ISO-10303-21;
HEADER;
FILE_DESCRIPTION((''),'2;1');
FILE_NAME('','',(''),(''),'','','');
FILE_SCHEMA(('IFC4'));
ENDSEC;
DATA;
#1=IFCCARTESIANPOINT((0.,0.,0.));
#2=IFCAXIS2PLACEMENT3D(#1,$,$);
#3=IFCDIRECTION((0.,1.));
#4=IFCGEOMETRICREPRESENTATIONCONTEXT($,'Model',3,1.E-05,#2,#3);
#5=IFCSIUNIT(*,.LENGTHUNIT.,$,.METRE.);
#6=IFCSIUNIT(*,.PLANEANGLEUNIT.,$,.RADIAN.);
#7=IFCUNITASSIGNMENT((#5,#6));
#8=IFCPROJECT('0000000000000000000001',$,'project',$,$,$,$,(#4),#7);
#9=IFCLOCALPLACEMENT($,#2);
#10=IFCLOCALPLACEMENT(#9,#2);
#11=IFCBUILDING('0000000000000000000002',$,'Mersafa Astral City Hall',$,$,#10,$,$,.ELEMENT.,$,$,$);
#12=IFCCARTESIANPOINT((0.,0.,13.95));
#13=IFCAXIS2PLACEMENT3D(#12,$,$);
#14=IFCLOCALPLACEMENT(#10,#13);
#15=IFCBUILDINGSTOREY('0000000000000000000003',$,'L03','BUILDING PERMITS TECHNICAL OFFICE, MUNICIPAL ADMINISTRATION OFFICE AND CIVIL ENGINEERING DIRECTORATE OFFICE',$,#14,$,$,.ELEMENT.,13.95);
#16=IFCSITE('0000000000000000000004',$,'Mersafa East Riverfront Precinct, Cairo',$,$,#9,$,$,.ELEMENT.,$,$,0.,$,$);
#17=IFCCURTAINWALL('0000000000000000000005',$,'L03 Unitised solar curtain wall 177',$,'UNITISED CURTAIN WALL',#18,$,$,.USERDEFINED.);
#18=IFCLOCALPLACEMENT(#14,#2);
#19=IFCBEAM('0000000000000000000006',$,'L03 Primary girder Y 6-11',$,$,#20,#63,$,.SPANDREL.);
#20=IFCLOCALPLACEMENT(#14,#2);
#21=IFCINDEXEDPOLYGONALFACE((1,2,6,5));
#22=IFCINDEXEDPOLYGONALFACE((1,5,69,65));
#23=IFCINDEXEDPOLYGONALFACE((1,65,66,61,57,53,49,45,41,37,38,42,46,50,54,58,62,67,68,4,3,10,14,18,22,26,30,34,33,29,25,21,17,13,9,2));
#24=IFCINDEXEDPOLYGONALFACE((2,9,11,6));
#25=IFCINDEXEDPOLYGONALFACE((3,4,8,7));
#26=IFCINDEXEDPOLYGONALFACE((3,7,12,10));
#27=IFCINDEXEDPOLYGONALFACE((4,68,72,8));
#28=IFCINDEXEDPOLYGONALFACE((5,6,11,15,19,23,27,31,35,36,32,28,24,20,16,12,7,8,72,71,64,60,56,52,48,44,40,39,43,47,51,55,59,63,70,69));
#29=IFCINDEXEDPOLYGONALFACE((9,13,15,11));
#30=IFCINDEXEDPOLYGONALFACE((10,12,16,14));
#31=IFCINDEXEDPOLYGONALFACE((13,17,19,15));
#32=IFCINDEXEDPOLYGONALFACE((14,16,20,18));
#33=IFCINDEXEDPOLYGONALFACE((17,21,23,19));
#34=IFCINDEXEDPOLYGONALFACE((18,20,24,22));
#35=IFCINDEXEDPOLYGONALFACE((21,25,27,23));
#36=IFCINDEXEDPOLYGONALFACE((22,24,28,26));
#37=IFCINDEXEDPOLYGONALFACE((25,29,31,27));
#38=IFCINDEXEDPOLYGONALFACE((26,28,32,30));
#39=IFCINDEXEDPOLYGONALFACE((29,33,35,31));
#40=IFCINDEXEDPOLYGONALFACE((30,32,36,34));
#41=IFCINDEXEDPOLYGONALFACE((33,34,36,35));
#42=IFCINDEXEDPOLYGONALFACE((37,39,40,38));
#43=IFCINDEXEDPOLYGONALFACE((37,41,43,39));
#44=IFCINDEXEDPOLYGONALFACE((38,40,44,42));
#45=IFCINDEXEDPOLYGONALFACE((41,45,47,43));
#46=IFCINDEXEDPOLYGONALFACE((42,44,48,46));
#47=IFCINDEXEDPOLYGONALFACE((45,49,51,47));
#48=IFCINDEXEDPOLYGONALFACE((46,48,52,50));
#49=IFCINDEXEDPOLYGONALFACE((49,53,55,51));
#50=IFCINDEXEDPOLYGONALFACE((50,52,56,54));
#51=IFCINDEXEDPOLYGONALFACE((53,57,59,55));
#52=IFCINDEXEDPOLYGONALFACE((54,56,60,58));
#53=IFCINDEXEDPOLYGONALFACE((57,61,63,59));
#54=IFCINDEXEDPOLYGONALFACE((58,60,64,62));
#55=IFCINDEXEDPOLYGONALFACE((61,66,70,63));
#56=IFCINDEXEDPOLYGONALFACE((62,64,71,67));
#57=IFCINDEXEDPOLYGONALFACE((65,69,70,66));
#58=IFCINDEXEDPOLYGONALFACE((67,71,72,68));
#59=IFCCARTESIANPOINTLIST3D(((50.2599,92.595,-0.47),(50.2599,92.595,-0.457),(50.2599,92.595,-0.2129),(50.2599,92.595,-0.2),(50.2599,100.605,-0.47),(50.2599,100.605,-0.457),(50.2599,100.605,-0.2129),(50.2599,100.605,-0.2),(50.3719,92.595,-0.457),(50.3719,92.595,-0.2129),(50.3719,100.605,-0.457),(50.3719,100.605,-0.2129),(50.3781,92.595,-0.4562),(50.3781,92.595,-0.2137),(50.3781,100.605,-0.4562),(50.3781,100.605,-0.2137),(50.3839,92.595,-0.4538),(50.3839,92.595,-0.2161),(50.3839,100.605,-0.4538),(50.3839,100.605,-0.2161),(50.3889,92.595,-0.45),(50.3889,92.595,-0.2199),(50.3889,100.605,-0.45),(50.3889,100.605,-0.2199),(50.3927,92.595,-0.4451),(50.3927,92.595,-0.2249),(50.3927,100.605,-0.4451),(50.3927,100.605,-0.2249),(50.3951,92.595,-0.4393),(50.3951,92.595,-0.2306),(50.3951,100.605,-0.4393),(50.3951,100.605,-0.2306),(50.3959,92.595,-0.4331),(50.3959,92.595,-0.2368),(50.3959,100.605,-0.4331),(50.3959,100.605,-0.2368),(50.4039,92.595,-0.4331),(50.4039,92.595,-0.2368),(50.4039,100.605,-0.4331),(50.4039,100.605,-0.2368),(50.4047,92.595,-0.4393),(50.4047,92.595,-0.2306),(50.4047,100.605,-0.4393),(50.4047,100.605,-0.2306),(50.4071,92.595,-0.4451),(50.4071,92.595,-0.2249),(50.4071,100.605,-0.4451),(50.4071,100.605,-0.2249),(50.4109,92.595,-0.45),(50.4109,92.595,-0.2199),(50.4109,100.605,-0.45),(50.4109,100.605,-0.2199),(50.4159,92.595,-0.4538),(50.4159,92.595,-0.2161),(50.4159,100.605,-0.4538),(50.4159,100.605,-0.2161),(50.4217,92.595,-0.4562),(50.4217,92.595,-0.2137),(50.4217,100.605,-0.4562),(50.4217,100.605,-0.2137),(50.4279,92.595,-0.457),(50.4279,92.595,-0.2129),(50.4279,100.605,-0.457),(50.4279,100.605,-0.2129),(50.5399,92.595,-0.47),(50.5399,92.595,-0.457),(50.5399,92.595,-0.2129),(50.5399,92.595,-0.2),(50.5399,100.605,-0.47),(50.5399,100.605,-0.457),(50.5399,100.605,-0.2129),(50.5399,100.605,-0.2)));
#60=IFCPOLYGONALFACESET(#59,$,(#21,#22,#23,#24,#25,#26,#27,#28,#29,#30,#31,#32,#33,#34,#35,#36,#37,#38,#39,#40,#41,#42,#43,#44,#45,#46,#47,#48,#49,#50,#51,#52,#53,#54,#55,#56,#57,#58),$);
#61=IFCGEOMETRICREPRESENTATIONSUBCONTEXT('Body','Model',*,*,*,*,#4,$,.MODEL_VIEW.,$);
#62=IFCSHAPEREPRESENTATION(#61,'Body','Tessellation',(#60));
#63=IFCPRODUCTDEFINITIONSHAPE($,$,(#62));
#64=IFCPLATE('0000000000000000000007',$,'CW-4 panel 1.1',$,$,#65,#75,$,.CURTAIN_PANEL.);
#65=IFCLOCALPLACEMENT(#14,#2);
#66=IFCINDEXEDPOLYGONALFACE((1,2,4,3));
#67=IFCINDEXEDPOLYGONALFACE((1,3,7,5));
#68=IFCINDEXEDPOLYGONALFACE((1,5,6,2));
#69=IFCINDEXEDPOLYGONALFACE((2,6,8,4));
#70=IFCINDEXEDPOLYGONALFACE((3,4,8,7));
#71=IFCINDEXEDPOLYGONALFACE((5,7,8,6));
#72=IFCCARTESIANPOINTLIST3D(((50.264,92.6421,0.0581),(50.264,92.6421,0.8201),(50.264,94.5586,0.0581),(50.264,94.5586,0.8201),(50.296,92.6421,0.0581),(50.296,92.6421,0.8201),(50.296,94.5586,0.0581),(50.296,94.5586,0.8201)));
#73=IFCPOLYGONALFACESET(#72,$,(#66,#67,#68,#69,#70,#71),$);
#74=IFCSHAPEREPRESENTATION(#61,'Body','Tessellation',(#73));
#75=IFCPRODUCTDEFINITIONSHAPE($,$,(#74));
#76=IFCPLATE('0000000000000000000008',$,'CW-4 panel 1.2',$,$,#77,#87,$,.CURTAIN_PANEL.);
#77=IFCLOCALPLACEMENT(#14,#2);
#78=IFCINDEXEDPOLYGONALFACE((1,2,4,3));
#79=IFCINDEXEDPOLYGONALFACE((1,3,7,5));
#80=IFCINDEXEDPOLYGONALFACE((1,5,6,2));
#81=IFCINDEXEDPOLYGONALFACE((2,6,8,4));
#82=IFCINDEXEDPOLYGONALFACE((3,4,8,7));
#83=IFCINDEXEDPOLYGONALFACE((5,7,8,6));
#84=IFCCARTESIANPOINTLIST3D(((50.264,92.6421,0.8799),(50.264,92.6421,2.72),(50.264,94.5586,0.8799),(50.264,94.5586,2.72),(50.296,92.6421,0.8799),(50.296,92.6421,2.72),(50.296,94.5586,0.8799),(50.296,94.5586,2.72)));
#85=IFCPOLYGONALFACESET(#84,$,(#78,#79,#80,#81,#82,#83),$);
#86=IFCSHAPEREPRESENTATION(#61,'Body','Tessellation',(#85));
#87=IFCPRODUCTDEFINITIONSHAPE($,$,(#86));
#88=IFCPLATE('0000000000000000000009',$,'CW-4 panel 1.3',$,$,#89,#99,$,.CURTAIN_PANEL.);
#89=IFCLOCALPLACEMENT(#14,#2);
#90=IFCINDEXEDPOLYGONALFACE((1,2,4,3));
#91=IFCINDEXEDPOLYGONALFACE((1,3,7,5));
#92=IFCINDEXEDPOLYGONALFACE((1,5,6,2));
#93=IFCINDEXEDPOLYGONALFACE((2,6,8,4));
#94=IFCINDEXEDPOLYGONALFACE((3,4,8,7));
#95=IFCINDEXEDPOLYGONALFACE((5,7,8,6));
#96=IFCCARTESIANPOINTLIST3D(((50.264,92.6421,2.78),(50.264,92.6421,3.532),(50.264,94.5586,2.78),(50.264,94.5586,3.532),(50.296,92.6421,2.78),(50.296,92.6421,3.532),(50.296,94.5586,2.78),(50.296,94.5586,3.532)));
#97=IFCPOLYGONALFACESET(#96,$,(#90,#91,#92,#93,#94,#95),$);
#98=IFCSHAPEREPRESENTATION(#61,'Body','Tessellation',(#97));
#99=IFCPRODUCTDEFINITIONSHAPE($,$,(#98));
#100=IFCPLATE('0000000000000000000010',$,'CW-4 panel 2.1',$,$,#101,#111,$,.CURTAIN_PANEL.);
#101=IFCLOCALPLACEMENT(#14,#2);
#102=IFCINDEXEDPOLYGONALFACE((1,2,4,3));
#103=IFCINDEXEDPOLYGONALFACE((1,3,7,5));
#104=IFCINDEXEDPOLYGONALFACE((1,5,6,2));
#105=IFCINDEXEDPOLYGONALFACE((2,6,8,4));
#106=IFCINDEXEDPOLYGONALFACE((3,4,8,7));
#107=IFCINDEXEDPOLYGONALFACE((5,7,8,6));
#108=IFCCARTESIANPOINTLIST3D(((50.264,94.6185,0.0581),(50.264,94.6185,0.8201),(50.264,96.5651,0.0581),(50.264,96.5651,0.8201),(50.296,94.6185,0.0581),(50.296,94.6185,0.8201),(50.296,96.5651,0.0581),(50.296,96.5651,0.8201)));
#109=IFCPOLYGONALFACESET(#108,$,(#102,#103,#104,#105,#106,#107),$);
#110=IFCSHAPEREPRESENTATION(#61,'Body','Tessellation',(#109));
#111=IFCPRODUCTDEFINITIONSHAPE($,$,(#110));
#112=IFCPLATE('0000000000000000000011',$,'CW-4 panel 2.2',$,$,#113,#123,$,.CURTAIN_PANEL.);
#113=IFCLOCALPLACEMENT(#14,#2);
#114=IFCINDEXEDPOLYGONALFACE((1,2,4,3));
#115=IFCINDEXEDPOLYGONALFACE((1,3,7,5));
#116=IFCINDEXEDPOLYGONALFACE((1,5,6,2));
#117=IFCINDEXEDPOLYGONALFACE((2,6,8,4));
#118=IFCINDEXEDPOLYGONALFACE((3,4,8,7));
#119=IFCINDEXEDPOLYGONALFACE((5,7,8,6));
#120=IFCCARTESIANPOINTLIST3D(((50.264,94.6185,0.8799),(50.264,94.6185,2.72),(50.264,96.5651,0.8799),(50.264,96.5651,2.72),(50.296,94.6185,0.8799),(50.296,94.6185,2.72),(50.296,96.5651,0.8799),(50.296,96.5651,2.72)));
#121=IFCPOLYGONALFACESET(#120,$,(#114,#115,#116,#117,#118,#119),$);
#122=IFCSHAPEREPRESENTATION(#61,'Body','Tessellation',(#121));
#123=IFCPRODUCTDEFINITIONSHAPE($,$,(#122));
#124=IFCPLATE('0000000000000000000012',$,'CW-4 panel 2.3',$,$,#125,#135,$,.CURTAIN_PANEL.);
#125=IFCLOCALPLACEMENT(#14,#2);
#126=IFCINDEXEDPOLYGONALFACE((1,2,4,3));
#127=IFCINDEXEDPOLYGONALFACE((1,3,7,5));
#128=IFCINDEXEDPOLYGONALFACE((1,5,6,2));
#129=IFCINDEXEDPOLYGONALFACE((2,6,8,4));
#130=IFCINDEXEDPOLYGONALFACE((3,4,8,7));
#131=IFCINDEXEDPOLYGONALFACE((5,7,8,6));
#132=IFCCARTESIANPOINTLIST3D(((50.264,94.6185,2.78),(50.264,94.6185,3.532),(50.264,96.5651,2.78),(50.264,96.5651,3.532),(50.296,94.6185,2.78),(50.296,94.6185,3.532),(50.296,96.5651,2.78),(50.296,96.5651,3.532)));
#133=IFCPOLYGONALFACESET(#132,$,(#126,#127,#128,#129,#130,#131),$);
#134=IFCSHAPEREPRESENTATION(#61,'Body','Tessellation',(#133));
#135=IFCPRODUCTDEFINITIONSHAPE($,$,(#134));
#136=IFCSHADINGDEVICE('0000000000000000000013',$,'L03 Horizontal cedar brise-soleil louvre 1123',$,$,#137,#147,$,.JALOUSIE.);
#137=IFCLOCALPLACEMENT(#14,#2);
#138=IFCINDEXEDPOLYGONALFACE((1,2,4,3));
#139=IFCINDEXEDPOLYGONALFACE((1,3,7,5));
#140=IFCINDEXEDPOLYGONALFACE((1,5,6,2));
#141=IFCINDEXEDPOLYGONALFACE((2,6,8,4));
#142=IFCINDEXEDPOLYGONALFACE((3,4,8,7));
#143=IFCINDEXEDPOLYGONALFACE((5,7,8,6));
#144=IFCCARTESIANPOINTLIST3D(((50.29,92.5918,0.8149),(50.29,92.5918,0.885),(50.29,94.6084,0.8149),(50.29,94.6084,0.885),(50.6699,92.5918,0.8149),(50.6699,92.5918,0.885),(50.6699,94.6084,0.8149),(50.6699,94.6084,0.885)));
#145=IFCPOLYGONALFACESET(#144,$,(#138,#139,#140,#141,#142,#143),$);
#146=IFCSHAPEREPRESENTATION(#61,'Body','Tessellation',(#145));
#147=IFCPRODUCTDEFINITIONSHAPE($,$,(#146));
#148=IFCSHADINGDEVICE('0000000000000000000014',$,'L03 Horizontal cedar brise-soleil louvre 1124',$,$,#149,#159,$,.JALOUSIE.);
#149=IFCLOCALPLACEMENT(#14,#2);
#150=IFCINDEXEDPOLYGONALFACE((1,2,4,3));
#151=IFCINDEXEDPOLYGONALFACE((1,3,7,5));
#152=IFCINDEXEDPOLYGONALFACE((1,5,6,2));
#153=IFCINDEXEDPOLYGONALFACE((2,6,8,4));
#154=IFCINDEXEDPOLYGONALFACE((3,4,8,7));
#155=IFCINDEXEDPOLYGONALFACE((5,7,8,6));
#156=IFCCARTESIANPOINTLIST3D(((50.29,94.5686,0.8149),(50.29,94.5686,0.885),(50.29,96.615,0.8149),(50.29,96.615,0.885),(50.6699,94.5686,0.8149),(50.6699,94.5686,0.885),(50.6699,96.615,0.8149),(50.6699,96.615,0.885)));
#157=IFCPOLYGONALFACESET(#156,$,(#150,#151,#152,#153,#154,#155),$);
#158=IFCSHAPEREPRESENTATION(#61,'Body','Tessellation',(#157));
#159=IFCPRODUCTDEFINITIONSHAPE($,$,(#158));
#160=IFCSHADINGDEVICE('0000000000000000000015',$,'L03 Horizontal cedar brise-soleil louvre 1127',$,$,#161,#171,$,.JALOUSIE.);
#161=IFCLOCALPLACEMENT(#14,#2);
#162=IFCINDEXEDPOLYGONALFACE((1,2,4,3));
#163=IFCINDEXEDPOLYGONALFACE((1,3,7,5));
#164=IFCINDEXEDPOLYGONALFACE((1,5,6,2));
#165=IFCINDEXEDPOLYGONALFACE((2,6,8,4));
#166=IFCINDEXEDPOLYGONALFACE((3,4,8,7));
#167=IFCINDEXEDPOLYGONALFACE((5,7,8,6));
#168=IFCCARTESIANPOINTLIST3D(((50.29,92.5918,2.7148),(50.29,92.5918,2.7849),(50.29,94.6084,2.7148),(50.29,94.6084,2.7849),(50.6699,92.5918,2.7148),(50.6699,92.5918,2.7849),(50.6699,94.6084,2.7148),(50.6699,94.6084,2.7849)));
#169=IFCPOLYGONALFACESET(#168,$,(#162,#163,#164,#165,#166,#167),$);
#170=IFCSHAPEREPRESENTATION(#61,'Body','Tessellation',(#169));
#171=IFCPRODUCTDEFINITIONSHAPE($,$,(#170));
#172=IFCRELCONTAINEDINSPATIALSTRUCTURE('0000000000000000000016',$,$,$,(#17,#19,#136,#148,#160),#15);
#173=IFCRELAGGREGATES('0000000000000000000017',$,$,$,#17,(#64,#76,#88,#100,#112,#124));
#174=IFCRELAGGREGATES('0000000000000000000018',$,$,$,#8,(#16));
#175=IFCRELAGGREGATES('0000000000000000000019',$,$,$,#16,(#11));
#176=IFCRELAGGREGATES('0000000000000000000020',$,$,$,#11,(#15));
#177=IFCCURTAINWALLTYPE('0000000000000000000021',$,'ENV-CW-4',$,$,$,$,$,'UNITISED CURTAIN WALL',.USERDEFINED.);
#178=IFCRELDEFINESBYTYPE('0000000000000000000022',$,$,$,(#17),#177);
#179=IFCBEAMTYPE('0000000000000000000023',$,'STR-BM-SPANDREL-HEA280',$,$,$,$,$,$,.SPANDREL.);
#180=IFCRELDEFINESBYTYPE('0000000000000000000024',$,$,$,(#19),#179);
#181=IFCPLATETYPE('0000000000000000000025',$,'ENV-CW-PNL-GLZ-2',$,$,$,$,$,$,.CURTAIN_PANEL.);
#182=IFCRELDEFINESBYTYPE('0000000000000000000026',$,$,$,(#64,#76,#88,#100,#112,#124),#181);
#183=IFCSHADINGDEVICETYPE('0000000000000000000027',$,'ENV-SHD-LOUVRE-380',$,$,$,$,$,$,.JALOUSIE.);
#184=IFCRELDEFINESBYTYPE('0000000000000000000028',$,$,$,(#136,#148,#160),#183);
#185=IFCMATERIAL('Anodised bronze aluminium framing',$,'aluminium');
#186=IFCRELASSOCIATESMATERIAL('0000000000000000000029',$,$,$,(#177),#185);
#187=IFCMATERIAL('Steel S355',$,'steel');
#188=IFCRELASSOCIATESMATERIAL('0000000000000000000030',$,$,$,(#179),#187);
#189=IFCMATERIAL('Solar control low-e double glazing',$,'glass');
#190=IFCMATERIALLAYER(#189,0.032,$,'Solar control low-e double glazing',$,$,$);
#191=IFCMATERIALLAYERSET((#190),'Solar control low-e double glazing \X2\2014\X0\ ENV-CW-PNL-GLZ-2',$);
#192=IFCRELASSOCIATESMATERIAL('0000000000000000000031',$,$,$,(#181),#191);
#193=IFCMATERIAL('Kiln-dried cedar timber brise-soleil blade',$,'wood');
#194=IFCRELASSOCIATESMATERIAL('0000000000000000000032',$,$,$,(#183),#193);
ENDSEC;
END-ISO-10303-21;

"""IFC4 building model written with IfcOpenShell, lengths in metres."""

from ifc_helpers import new_model, si_unit, direction, frame, origin, origin_2d, place, context, subcontext, project, spatial, rectangle, i_section, extrude, material, layer, layer_set, material_profile, profile_set, type_object, element, aggregate, save


model = new_model("IFC4")

# Units and contexts
model_context = context("Model", 3, precision=1e-05, world=origin(), true_north=direction((0.0, 1.0)))
body_context = subcontext(model_context, "Body", "Model", "MODEL_VIEW")
ifc_project = project(units=[si_unit("LENGTHUNIT", "METRE"), si_unit("PLANEANGLEUNIT", "RADIAN")], contexts=[model_context])

# Site, building, storey
site_placement = place(None, origin())
site = spatial("IfcSite", under=ifc_project, at=site_placement, Name="Mersafa East Riverfront Precinct, Cairo", CompositionType="ELEMENT", RefElevation=0.0)
building_placement = place(site_placement, origin())
building = spatial("IfcBuilding", under=site, at=building_placement, Name="Mersafa Astral City Hall", CompositionType="ELEMENT")
storey_placement = place(building_placement, frame((0.0, 0.0, 13.95)))
storey = spatial("IfcBuildingStorey", under=building, at=storey_placement, Name="L03", Description="BUILDING PERMITS TECHNICAL OFFICE, MUNICIPAL ADMINISTRATION OFFICE AND CIVIL ENGINEERING DIRECTORATE OFFICE", CompositionType="ELEMENT", Elevation=13.95)

# Curtain wall
ifc_material_1 = material(Name="Anodised bronze aluminium framing", Category="aluminium")
curtain_wall_type = type_object("IfcCurtainWallType", Name="ENV-CW-4", ElementType="UNITISED CURTAIN WALL", PredefinedType="USERDEFINED", material=ifc_material_1)
curtain_wall_placement = place(storey_placement, origin())
curtain_wall = element("IfcCurtainWall", 1, at=curtain_wall_placement, inside=storey, type_object=curtain_wall_type, Name="L03 Unitised solar curtain wall 177", ObjectType="UNITISED CURTAIN WALL", PredefinedType="USERDEFINED")

# Beam
ifc_material_2 = material(Name="Steel S355", Category="steel")
ifc_material_profile_1 = material_profile(ifc_material_2, i_section(OverallWidth=0.28, OverallDepth=0.27, WebThickness=0.0081, FlangeThickness=0.0129, FilletRadius=0.0239, at=origin_2d()), Name="HEA 280")
ifc_profile_set_1 = profile_set([ifc_material_profile_1], Name="Steel S355")
beam_type = type_object("IfcBeamType", Name="STR-BM-SPANDREL-HEA280", PredefinedType="SPANDREL", material=ifc_profile_set_1)
beam_placement = place(storey_placement, frame((50.3999, 92.595, -0.335), z_axis=(0.0, 1.0, 0.0), x_axis=(-1.0, 0.0, 0.0)))
element("IfcBeam", 2, at=beam_placement, inside=storey, type_object=beam_type, Name="L03 Primary girder Y 6-11", PredefinedType="SPANDREL", context=body_context, shape_type="SweptSolid", body=[
    extrude(i_section(OverallWidth=0.28, OverallDepth=0.27, WebThickness=0.0081, FlangeThickness=0.0129, FilletRadius=0.0239, at=origin_2d()), origin(), (0.0, 0.0, 1.0), 8.01),
])

# Plates
ifc_material_3 = material(Name="Solar control low-e double glazing", Category="glass")
ifc_layer = layer(ifc_material_3, 0.032, Name="Solar control low-e double glazing")
ifc_layer_set = layer_set([ifc_layer], Name="Solar control low-e double glazing — ENV-CW-PNL-GLZ-2")
plate_type = type_object("IfcPlateType", Name="ENV-CW-PNL-GLZ-2", PredefinedType="CURTAIN_PANEL", material=ifc_layer_set)
plate_1_placement = place(storey_placement, frame((50.28, 93.6003, 0.0581), z_axis=(0.0, 0.0, 1.0), x_axis=(0.0, 1.0, 0.0)))
plate_1 = element("IfcPlate", 3, at=plate_1_placement, type_object=plate_type, Name="CW-4 panel 1.1", PredefinedType="CURTAIN_PANEL", context=body_context, shape_type="SweptSolid", body=[
    extrude(rectangle(XDim=1.9165, YDim=0.032, at=origin_2d()), origin(), (0.0, 0.0, 1.0), 0.762),
])
plate_2_placement = place(storey_placement, frame((50.28, 93.6003, 0.8799), z_axis=(0.0, 0.0, 1.0), x_axis=(0.0, 1.0, 0.0)))
plate_2 = element("IfcPlate", 4, at=plate_2_placement, type_object=plate_type, Name="CW-4 panel 1.2", PredefinedType="CURTAIN_PANEL", context=body_context, shape_type="SweptSolid", body=[
    extrude(rectangle(XDim=1.9165, YDim=0.032, at=origin_2d()), origin(), (0.0, 0.0, 1.0), 1.8401),
])
plate_3_placement = place(storey_placement, frame((50.28, 93.6003, 2.78), z_axis=(0.0, 0.0, 1.0), x_axis=(0.0, 1.0, 0.0)))
plate_3 = element("IfcPlate", 5, at=plate_3_placement, type_object=plate_type, Name="CW-4 panel 1.3", PredefinedType="CURTAIN_PANEL", context=body_context, shape_type="SweptSolid", body=[
    extrude(rectangle(XDim=1.9165, YDim=0.032, at=origin_2d()), origin(), (0.0, 0.0, 1.0), 0.752),
])
plate_4_placement = place(storey_placement, frame((50.28, 95.5918, 0.0581), z_axis=(0.0, 0.0, 1.0), x_axis=(0.0, 1.0, 0.0)))
plate_4 = element("IfcPlate", 6, at=plate_4_placement, type_object=plate_type, Name="CW-4 panel 2.1", PredefinedType="CURTAIN_PANEL", context=body_context, shape_type="SweptSolid", body=[
    extrude(rectangle(XDim=1.9465, YDim=0.032, at=origin_2d()), origin(), (0.0, 0.0, 1.0), 0.762),
])
plate_5_placement = place(storey_placement, frame((50.28, 95.5918, 0.8799), z_axis=(0.0, 0.0, 1.0), x_axis=(0.0, 1.0, 0.0)))
plate_5 = element("IfcPlate", 7, at=plate_5_placement, type_object=plate_type, Name="CW-4 panel 2.2", PredefinedType="CURTAIN_PANEL", context=body_context, shape_type="SweptSolid", body=[
    extrude(rectangle(XDim=1.9465, YDim=0.032, at=origin_2d()), origin(), (0.0, 0.0, 1.0), 1.8401),
])
plate_6_placement = place(storey_placement, frame((50.28, 95.5918, 2.78), z_axis=(0.0, 0.0, 1.0), x_axis=(0.0, 1.0, 0.0)))
plate_6 = element("IfcPlate", 8, at=plate_6_placement, type_object=plate_type, Name="CW-4 panel 2.3", PredefinedType="CURTAIN_PANEL", context=body_context, shape_type="SweptSolid", body=[
    extrude(rectangle(XDim=1.9465, YDim=0.032, at=origin_2d()), origin(), (0.0, 0.0, 1.0), 0.752),
])
aggregate(curtain_wall, [plate_1, plate_2, plate_3, plate_4, plate_5, plate_6])

# Shading devices
ifc_material_4 = material(Name="Kiln-dried cedar timber brise-soleil blade", Category="wood")
shading_device_type = type_object("IfcShadingDeviceType", Name="ENV-SHD-LOUVRE-380", PredefinedType="JALOUSIE", material=ifc_material_4)
shading_device_1_placement = place(storey_placement, frame((50.48, 93.6001, 0.8149), z_axis=(0.0, 0.0, 1.0), x_axis=(0.0, 1.0, 0.0)))
element("IfcShadingDevice", 9, at=shading_device_1_placement, inside=storey, type_object=shading_device_type, Name="L03 Horizontal cedar brise-soleil louvre 1123", PredefinedType="JALOUSIE", context=body_context, shape_type="SweptSolid", body=[
    extrude(rectangle(XDim=2.0166, YDim=0.3799, at=origin_2d()), origin(), (0.0, 0.0, 1.0), 0.0701),
])
shading_device_2_placement = place(storey_placement, frame((50.48, 95.5918, 0.8149), z_axis=(0.0, 0.0, 1.0), x_axis=(0.0, 1.0, 0.0)))
element("IfcShadingDevice", 10, at=shading_device_2_placement, inside=storey, type_object=shading_device_type, Name="L03 Horizontal cedar brise-soleil louvre 1124", PredefinedType="JALOUSIE", context=body_context, shape_type="SweptSolid", body=[
    extrude(rectangle(XDim=2.0464, YDim=0.3799, at=origin_2d()), origin(), (0.0, 0.0, 1.0), 0.0701),
])
shading_device_3_placement = place(storey_placement, frame((50.48, 93.6001, 2.7148), z_axis=(0.0, 0.0, 1.0), x_axis=(0.0, 1.0, 0.0)))
element("IfcShadingDevice", 11, at=shading_device_3_placement, inside=storey, type_object=shading_device_type, Name="L03 Horizontal cedar brise-soleil louvre 1127", PredefinedType="JALOUSIE", context=body_context, shape_type="SweptSolid", body=[
    extrude(rectangle(XDim=2.0166, YDim=0.3799, at=origin_2d()), origin(), (0.0, 0.0, 1.0), 0.0701),
])

save(model, "model.ifc")
